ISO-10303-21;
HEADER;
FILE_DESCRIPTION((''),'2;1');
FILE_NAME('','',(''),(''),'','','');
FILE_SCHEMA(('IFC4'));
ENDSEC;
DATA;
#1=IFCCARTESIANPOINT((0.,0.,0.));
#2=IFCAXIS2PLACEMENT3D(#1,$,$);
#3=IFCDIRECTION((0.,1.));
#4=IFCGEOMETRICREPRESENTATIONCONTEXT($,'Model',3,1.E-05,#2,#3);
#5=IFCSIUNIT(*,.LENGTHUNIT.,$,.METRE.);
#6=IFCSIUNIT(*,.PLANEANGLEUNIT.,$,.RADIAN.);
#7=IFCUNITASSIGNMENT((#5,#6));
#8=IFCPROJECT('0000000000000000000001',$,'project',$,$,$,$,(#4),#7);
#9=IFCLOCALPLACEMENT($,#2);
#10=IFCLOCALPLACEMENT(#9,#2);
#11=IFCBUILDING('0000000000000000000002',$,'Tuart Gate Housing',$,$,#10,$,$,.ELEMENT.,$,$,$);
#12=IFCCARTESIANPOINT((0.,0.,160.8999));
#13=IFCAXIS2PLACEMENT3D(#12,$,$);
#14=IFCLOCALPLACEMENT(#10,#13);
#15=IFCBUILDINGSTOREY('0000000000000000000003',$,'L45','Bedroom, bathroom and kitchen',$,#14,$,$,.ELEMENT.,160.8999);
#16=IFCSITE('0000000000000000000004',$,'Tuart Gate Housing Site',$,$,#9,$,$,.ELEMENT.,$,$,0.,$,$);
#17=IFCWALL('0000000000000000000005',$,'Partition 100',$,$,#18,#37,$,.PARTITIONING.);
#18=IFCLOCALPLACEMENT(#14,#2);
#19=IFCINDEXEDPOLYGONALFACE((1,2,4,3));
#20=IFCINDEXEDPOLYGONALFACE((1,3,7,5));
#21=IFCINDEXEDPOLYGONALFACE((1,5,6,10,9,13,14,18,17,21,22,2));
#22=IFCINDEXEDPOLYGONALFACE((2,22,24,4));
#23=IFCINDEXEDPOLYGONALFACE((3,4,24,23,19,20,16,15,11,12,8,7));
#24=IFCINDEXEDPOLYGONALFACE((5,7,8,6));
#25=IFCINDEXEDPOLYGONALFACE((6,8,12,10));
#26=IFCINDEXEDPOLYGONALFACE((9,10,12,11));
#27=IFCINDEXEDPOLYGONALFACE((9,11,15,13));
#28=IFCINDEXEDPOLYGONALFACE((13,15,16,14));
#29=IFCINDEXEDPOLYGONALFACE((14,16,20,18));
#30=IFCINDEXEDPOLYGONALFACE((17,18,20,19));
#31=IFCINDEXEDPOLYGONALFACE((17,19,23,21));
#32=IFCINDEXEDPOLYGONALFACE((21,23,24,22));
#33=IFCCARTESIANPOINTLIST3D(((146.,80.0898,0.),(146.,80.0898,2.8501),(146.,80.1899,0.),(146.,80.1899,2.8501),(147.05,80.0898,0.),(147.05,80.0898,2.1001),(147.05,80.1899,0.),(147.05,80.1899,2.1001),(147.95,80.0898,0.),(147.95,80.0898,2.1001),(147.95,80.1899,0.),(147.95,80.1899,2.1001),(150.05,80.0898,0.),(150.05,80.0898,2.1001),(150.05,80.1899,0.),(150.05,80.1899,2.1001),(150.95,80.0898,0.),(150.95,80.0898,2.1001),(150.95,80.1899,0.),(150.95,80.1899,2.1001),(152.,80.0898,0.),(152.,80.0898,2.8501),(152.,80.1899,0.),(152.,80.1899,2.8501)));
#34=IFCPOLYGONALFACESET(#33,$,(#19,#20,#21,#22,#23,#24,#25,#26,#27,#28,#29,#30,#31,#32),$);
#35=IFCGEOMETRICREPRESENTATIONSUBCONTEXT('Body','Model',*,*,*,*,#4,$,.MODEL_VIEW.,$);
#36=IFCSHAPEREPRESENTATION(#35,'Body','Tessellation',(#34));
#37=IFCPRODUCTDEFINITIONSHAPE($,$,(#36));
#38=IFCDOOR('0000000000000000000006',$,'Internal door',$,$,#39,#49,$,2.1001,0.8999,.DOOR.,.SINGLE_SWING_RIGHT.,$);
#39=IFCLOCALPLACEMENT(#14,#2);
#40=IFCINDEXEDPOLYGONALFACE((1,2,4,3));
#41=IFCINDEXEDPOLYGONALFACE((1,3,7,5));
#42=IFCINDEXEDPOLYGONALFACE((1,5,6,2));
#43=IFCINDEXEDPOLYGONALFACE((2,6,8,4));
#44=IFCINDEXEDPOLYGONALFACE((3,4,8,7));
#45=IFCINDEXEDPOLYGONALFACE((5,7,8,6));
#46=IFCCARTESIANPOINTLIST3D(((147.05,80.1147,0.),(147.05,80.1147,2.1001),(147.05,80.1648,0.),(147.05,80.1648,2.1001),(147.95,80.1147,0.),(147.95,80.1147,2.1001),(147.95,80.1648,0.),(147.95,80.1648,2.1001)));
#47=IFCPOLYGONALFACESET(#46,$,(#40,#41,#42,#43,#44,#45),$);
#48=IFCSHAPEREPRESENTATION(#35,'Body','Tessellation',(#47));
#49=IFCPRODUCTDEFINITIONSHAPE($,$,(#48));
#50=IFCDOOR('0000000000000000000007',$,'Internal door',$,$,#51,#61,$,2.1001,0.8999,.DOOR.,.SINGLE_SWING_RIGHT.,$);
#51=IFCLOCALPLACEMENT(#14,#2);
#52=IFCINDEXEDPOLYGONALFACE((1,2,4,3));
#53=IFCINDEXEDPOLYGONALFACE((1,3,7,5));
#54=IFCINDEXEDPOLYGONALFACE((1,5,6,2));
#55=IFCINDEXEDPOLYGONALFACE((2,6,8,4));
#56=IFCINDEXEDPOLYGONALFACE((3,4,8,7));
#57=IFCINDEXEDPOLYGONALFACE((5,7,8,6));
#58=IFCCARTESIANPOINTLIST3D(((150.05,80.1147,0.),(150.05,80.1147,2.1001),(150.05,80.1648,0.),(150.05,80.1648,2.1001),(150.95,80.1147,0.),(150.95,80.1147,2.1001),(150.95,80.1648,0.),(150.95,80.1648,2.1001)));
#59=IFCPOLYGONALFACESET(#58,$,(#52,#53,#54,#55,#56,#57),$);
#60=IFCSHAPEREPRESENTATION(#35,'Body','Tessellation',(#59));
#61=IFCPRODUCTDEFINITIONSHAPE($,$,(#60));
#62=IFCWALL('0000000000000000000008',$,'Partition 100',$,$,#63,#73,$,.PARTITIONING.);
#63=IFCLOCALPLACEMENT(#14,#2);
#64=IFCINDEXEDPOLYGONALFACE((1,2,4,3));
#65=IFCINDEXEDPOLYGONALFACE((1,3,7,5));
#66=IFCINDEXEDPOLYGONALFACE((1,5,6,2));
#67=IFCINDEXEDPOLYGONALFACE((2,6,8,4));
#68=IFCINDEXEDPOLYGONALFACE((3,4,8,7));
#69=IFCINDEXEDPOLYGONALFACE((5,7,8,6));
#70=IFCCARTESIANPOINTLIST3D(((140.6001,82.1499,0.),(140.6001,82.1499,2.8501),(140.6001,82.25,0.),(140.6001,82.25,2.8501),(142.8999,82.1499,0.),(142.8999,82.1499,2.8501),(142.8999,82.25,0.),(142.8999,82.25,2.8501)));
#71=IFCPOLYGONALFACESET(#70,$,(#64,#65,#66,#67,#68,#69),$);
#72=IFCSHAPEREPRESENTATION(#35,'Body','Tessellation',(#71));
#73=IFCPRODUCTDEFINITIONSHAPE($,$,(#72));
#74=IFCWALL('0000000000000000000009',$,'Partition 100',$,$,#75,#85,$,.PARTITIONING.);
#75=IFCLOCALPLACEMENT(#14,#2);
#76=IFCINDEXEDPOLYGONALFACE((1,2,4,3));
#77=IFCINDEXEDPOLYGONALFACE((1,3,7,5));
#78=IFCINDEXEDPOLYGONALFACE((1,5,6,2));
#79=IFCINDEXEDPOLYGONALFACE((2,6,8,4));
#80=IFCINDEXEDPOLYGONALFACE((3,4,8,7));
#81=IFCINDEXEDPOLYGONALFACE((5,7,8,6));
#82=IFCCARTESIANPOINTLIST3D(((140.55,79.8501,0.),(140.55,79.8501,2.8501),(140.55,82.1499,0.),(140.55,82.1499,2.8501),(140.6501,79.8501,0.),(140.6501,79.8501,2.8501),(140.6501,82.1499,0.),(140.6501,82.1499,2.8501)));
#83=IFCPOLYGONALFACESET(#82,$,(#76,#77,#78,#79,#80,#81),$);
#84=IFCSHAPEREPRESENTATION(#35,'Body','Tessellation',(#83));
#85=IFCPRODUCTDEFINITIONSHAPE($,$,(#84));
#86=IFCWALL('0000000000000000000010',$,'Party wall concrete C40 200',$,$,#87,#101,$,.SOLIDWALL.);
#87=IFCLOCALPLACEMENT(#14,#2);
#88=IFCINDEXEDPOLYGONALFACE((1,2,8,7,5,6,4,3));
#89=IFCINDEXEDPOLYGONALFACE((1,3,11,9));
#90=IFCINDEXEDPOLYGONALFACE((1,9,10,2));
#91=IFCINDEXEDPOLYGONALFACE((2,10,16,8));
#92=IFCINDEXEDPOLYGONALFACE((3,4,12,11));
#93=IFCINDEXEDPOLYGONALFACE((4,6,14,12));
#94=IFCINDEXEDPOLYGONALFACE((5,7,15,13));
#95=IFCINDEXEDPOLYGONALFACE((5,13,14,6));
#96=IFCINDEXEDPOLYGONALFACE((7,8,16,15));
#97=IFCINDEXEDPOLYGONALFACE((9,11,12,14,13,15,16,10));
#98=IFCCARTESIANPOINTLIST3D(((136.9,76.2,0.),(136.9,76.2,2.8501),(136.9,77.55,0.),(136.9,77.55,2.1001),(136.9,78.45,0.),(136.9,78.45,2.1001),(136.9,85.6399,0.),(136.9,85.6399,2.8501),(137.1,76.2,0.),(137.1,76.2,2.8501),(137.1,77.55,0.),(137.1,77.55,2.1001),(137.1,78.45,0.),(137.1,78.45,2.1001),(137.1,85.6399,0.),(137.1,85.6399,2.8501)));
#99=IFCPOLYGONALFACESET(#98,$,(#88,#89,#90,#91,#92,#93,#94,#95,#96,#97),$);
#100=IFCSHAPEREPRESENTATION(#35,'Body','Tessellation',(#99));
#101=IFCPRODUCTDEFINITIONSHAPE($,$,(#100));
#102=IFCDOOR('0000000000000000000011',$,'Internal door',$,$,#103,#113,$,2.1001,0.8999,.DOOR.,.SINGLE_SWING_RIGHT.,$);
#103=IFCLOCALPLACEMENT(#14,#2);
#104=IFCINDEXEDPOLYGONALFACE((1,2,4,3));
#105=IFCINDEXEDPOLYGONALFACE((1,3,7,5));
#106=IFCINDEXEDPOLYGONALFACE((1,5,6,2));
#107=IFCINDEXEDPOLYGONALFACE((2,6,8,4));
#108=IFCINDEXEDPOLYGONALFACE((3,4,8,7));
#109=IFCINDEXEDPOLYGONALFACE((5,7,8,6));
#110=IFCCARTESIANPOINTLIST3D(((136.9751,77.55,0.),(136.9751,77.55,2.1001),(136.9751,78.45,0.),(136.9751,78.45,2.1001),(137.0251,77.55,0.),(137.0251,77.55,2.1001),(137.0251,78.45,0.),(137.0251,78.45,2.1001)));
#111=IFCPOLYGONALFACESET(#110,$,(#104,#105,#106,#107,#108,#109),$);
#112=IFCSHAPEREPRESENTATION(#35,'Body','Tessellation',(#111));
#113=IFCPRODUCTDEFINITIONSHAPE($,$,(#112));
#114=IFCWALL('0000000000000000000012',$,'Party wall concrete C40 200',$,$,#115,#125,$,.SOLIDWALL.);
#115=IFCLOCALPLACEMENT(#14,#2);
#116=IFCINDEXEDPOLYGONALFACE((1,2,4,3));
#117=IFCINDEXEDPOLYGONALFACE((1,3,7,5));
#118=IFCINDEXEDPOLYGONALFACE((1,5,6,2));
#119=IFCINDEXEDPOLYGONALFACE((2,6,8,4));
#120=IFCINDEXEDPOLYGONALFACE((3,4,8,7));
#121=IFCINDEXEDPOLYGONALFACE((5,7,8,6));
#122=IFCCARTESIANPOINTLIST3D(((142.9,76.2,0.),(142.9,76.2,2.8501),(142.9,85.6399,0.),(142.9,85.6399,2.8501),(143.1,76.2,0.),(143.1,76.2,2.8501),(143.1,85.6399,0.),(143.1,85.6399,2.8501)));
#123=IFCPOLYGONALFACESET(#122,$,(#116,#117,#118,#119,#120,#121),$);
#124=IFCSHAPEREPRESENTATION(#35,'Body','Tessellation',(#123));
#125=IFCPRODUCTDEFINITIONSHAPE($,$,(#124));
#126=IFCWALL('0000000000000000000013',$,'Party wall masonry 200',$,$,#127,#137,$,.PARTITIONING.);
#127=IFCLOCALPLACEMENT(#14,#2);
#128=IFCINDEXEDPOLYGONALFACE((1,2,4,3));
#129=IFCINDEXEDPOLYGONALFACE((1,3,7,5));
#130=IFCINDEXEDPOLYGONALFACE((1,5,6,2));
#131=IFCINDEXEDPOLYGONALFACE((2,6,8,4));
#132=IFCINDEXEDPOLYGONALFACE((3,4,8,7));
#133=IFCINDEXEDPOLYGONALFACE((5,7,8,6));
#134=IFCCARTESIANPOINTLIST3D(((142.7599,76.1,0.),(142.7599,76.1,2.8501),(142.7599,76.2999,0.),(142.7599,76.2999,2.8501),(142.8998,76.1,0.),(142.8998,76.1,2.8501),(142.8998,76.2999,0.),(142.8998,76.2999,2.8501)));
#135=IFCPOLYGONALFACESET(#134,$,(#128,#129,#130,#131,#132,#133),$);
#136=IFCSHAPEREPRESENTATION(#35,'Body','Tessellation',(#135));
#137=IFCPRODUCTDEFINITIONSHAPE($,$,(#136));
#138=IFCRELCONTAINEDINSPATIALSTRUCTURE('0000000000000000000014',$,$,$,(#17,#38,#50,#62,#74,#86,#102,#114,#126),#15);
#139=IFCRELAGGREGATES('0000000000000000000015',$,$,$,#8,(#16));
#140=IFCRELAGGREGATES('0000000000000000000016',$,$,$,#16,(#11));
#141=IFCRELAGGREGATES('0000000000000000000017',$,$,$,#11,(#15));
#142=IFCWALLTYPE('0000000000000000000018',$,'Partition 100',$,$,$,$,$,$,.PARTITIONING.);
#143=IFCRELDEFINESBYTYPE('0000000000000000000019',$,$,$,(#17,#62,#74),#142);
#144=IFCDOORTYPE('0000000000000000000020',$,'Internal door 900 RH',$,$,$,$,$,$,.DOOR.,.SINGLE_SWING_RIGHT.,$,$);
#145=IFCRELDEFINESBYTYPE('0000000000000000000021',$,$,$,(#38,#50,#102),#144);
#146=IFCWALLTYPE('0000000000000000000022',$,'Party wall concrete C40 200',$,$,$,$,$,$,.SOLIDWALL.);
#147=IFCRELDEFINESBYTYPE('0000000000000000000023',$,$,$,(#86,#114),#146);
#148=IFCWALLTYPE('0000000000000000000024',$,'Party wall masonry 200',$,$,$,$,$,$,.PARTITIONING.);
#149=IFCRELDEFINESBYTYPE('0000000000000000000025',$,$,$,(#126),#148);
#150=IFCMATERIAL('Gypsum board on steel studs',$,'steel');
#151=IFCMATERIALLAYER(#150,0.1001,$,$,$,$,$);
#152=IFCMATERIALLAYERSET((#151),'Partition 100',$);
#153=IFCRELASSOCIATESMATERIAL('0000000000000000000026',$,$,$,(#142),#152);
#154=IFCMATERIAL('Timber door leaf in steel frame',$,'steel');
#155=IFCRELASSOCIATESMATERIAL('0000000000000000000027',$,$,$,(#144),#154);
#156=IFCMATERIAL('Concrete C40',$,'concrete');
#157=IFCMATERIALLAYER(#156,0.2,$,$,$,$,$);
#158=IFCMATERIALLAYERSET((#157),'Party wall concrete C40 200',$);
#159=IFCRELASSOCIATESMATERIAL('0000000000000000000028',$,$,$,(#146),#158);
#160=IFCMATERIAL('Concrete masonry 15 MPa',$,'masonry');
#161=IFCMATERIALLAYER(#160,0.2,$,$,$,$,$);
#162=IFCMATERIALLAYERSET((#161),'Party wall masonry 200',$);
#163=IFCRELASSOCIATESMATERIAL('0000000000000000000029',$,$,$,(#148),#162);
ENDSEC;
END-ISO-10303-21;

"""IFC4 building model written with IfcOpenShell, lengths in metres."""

from ifc_helpers import new_model, si_unit, direction, frame, frame_2d, origin, place, context, subcontext, project, spatial, rectangle, extrude, material, layer, layer_set, type_object, element, fill, save


model = new_model("IFC4")

# Units and contexts
model_context = context("Model", 3, precision=1e-05, world=origin(), true_north=direction((0.0, 1.0)))
body_context = subcontext(model_context, "Body", "Model", "MODEL_VIEW")
ifc_project = project(units=[si_unit("LENGTHUNIT", "METRE"), si_unit("PLANEANGLEUNIT", "RADIAN")], contexts=[model_context])

# Site, building, storey
site_placement = place(None, origin())
site = spatial("IfcSite", under=ifc_project, at=site_placement, Name="Tuart Gate Housing Site", CompositionType="ELEMENT", RefElevation=0.0)
building_placement = place(site_placement, origin())
building = spatial("IfcBuilding", under=site, at=building_placement, Name="Tuart Gate Housing", CompositionType="ELEMENT")
storey_placement = place(building_placement, frame((0.0, 0.0, 160.8999)))
storey = spatial("IfcBuildingStorey", under=building, at=storey_placement, Name="L45", Description="Bedroom, bathroom and kitchen", CompositionType="ELEMENT", Elevation=160.8999)

# Shared definitions
ifc_material_1 = material(Name="Gypsum board on steel studs", Category="steel")
ifc_layer_1 = layer(ifc_material_1, 0.1001)
ifc_layer_set_1 = layer_set([ifc_layer_1], Name="Partition 100")
wall_type_1 = type_object("IfcWallType", Name="Partition 100", PredefinedType="PARTITIONING", material=ifc_layer_set_1)

# Wall, openings, doors
ifc_material_2 = material(Name="Timber door leaf in steel frame", Category="steel")
door_type_1 = type_object("IfcDoorType", Name="Internal door 900 RH", OperationType="SINGLE_SWING_RIGHT", PredefinedType="DOOR", material=ifc_material_2)
wall_1_placement = place(storey_placement, frame((146.0, 80.1399, 0.0), z_axis=(0.0, 0.0, 1.0), x_axis=(1.0, 0.0, 0.0)))
wall_1 = element("IfcWall", 1, at=wall_1_placement, inside=storey, type_object=wall_type_1, Name="Partition 100", PredefinedType="PARTITIONING", context=body_context, shape_type="SweptSolid", body=[
    extrude(rectangle(XDim=6.0, YDim=0.1001, at=frame_2d((3.0, 0.0))), origin(), (0.0, 0.0, 1.0), 2.8501),
])
opening_1_placement = place(wall_1_placement, frame((1.05, 0.0, 0.0)))
opening_1 = element("IfcOpeningElement", 2, at=opening_1_placement, cuts=wall_1, PredefinedType="OPENING", context=body_context, shape_type="SweptSolid", body=[
    extrude(rectangle(XDim=0.8999, YDim=2.1001, at=frame_2d((0.45, 1.05))), frame((0.0, 0.0601, 0.0), z_axis=(0.0, -1.0, 0.0), x_axis=(1.0, 0.0, 0.0)), (0.0, 0.0, 1.0), 0.1201),
])
opening_2_placement = place(wall_1_placement, frame((4.05, 0.0, 0.0)))
opening_2 = element("IfcOpeningElement", 3, at=opening_2_placement, cuts=wall_1, PredefinedType="OPENING", context=body_context, shape_type="SweptSolid", body=[
    extrude(rectangle(XDim=0.8999, YDim=2.1001, at=frame_2d((0.45, 1.05))), frame((0.0, 0.0601, 0.0), z_axis=(0.0, -1.0, 0.0), x_axis=(1.0, 0.0, 0.0)), (0.0, 0.0, 1.0), 0.1201),
])
door_1_placement = place(opening_1_placement, frame((0.8999, 0.0, 0.0), z_axis=(0.0, 0.0, 1.0), x_axis=(-1.0, 0.0, 0.0)))
door_1 = element("IfcDoor", 4, at=door_1_placement, inside=storey, type_object=door_type_1, Name="Internal door", OperationType="SINGLE_SWING_RIGHT", OverallHeight=2.1001, OverallWidth=0.8999, PredefinedType="DOOR", context=body_context, shape_type="SweptSolid", body=[
    extrude(rectangle(XDim=0.8999, YDim=2.1001, at=frame_2d((0.45, 1.05))), frame((0.0, 0.0251, 0.0), z_axis=(0.0, -1.0, 0.0), x_axis=(1.0, 0.0, 0.0)), (0.0, 0.0, 1.0), 0.05),
])
fill(opening_1, door_1)
door_2_placement = place(opening_2_placement, frame((0.8999, 0.0, 0.0), z_axis=(0.0, 0.0, 1.0), x_axis=(-1.0, 0.0, 0.0)))
door_2 = element("IfcDoor", 5, at=door_2_placement, inside=storey, type_object=door_type_1, Name="Internal door", OperationType="SINGLE_SWING_RIGHT", OverallHeight=2.1001, OverallWidth=0.8999, PredefinedType="DOOR", context=body_context, shape_type="SweptSolid", body=[
    extrude(rectangle(XDim=0.8999, YDim=2.1001, at=frame_2d((0.45, 1.05))), frame((0.0, 0.0251, 0.0), z_axis=(0.0, -1.0, 0.0), x_axis=(1.0, 0.0, 0.0)), (0.0, 0.0, 1.0), 0.05),
])
fill(opening_2, door_2)

# Walls
for number, where, z_axis, x_axis, name in (
    (6, (140.6001, 82.2, 0.0), (0.0, 0.0, 1.0), (1.0, 0.0, 0.0), "Partition 100"),
    (7, (140.6001, 79.8501, 0.0), (0.0, 0.0, 1.0), (0.0, 1.0, 0.0), "Partition 100"),
):
    element("IfcWall", number, at=place(storey_placement, frame(where, z_axis=z_axis, x_axis=x_axis)), inside=storey, type_object=wall_type_1, Name=name, PredefinedType="PARTITIONING", context=body_context, shape_type="SweptSolid", body=[
        extrude(rectangle(XDim=2.2998, YDim=0.1001, at=frame_2d((1.1499, 0.0))), origin(), (0.0, 0.0, 1.0), 2.8501),
    ])

# Wall, opening, door
ifc_material_3 = material(Name="Concrete C40", Category="concrete")
ifc_layer_2 = layer(ifc_material_3, 0.2)
ifc_layer_set_2 = layer_set([ifc_layer_2], Name="Party wall concrete C40 200")
wall_type_2 = type_object("IfcWallType", Name="Party wall concrete C40 200", PredefinedType="SOLIDWALL", material=ifc_layer_set_2)
wall_2_placement = place(storey_placement, frame((137.0, 76.2, 0.0), z_axis=(0.0, 0.0, 1.0), x_axis=(0.0, 1.0, 0.0)))
wall_2 = element("IfcWall", 8, at=wall_2_placement, inside=storey, type_object=wall_type_2, Name="Party wall concrete C40 200", PredefinedType="SOLIDWALL", context=body_context, shape_type="SweptSolid", body=[
    extrude(rectangle(XDim=9.4399, YDim=0.2, at=frame_2d((4.72, 0.0))), origin(), (0.0, 0.0, 1.0), 2.8501),
])
opening_3_placement = place(wall_2_placement, frame((1.3501, 0.0, 0.0)))
opening_3 = element("IfcOpeningElement", 9, at=opening_3_placement, cuts=wall_2, PredefinedType="OPENING", context=body_context, shape_type="SweptSolid", body=[
    extrude(rectangle(XDim=0.8999, YDim=2.1001, at=frame_2d((0.45, 1.05))), frame((0.0, 0.1099, 0.0), z_axis=(0.0, -1.0, 0.0), x_axis=(1.0, 0.0, 0.0)), (0.0, 0.0, 1.0), 0.22),
])
door_3_placement = place(opening_3_placement, frame((0.8999, 0.0, 0.0), z_axis=(0.0, 0.0, 1.0), x_axis=(-1.0, 0.0, 0.0)))
door_3 = element("IfcDoor", 10, at=door_3_placement, inside=storey, type_object=door_type_1, Name="Internal door", OperationType="SINGLE_SWING_RIGHT", OverallHeight=2.1001, OverallWidth=0.8999, PredefinedType="DOOR", context=body_context, shape_type="SweptSolid", body=[
    extrude(rectangle(XDim=0.8999, YDim=2.1001, at=frame_2d((0.45, 1.05))), frame((0.0, 0.0251, 0.0), z_axis=(0.0, -1.0, 0.0), x_axis=(1.0, 0.0, 0.0)), (0.0, 0.0, 1.0), 0.05),
])
fill(opening_3, door_3)

# Walls
wall_3_placement = place(storey_placement, frame((143.0, 76.2, 0.0), z_axis=(0.0, 0.0, 1.0), x_axis=(0.0, 1.0, 0.0)))
element("IfcWall", 11, at=wall_3_placement, inside=storey, type_object=wall_type_2, Name="Party wall concrete C40 200", PredefinedType="SOLIDWALL", context=body_context, shape_type="SweptSolid", body=[
    extrude(rectangle(XDim=9.4399, YDim=0.2, at=frame_2d((4.72, 0.0))), origin(), (0.0, 0.0, 1.0), 2.8501),
])
ifc_material_4 = material(Name="Concrete masonry 15 MPa", Category="masonry")
ifc_layer_3 = layer(ifc_material_4, 0.2)
ifc_layer_set_3 = layer_set([ifc_layer_3], Name="Party wall masonry 200")
wall_type_3 = type_object("IfcWallType", Name="Party wall masonry 200", PredefinedType="PARTITIONING", material=ifc_layer_set_3)
wall_4_placement = place(storey_placement, frame((142.76, 76.2, 0.0), z_axis=(0.0, 0.0, 1.0), x_axis=(1.0, 0.0, 0.0)))
element("IfcWall", 12, at=wall_4_placement, inside=storey, type_object=wall_type_3, Name="Party wall masonry 200", PredefinedType="PARTITIONING", context=body_context, shape_type="SweptSolid", body=[
    extrude(rectangle(XDim=0.1399, YDim=0.2, at=frame_2d((0.0698, 0.0))), origin(), (0.0, 0.0, 1.0), 2.8501),
])

save(model, "model.ifc")
